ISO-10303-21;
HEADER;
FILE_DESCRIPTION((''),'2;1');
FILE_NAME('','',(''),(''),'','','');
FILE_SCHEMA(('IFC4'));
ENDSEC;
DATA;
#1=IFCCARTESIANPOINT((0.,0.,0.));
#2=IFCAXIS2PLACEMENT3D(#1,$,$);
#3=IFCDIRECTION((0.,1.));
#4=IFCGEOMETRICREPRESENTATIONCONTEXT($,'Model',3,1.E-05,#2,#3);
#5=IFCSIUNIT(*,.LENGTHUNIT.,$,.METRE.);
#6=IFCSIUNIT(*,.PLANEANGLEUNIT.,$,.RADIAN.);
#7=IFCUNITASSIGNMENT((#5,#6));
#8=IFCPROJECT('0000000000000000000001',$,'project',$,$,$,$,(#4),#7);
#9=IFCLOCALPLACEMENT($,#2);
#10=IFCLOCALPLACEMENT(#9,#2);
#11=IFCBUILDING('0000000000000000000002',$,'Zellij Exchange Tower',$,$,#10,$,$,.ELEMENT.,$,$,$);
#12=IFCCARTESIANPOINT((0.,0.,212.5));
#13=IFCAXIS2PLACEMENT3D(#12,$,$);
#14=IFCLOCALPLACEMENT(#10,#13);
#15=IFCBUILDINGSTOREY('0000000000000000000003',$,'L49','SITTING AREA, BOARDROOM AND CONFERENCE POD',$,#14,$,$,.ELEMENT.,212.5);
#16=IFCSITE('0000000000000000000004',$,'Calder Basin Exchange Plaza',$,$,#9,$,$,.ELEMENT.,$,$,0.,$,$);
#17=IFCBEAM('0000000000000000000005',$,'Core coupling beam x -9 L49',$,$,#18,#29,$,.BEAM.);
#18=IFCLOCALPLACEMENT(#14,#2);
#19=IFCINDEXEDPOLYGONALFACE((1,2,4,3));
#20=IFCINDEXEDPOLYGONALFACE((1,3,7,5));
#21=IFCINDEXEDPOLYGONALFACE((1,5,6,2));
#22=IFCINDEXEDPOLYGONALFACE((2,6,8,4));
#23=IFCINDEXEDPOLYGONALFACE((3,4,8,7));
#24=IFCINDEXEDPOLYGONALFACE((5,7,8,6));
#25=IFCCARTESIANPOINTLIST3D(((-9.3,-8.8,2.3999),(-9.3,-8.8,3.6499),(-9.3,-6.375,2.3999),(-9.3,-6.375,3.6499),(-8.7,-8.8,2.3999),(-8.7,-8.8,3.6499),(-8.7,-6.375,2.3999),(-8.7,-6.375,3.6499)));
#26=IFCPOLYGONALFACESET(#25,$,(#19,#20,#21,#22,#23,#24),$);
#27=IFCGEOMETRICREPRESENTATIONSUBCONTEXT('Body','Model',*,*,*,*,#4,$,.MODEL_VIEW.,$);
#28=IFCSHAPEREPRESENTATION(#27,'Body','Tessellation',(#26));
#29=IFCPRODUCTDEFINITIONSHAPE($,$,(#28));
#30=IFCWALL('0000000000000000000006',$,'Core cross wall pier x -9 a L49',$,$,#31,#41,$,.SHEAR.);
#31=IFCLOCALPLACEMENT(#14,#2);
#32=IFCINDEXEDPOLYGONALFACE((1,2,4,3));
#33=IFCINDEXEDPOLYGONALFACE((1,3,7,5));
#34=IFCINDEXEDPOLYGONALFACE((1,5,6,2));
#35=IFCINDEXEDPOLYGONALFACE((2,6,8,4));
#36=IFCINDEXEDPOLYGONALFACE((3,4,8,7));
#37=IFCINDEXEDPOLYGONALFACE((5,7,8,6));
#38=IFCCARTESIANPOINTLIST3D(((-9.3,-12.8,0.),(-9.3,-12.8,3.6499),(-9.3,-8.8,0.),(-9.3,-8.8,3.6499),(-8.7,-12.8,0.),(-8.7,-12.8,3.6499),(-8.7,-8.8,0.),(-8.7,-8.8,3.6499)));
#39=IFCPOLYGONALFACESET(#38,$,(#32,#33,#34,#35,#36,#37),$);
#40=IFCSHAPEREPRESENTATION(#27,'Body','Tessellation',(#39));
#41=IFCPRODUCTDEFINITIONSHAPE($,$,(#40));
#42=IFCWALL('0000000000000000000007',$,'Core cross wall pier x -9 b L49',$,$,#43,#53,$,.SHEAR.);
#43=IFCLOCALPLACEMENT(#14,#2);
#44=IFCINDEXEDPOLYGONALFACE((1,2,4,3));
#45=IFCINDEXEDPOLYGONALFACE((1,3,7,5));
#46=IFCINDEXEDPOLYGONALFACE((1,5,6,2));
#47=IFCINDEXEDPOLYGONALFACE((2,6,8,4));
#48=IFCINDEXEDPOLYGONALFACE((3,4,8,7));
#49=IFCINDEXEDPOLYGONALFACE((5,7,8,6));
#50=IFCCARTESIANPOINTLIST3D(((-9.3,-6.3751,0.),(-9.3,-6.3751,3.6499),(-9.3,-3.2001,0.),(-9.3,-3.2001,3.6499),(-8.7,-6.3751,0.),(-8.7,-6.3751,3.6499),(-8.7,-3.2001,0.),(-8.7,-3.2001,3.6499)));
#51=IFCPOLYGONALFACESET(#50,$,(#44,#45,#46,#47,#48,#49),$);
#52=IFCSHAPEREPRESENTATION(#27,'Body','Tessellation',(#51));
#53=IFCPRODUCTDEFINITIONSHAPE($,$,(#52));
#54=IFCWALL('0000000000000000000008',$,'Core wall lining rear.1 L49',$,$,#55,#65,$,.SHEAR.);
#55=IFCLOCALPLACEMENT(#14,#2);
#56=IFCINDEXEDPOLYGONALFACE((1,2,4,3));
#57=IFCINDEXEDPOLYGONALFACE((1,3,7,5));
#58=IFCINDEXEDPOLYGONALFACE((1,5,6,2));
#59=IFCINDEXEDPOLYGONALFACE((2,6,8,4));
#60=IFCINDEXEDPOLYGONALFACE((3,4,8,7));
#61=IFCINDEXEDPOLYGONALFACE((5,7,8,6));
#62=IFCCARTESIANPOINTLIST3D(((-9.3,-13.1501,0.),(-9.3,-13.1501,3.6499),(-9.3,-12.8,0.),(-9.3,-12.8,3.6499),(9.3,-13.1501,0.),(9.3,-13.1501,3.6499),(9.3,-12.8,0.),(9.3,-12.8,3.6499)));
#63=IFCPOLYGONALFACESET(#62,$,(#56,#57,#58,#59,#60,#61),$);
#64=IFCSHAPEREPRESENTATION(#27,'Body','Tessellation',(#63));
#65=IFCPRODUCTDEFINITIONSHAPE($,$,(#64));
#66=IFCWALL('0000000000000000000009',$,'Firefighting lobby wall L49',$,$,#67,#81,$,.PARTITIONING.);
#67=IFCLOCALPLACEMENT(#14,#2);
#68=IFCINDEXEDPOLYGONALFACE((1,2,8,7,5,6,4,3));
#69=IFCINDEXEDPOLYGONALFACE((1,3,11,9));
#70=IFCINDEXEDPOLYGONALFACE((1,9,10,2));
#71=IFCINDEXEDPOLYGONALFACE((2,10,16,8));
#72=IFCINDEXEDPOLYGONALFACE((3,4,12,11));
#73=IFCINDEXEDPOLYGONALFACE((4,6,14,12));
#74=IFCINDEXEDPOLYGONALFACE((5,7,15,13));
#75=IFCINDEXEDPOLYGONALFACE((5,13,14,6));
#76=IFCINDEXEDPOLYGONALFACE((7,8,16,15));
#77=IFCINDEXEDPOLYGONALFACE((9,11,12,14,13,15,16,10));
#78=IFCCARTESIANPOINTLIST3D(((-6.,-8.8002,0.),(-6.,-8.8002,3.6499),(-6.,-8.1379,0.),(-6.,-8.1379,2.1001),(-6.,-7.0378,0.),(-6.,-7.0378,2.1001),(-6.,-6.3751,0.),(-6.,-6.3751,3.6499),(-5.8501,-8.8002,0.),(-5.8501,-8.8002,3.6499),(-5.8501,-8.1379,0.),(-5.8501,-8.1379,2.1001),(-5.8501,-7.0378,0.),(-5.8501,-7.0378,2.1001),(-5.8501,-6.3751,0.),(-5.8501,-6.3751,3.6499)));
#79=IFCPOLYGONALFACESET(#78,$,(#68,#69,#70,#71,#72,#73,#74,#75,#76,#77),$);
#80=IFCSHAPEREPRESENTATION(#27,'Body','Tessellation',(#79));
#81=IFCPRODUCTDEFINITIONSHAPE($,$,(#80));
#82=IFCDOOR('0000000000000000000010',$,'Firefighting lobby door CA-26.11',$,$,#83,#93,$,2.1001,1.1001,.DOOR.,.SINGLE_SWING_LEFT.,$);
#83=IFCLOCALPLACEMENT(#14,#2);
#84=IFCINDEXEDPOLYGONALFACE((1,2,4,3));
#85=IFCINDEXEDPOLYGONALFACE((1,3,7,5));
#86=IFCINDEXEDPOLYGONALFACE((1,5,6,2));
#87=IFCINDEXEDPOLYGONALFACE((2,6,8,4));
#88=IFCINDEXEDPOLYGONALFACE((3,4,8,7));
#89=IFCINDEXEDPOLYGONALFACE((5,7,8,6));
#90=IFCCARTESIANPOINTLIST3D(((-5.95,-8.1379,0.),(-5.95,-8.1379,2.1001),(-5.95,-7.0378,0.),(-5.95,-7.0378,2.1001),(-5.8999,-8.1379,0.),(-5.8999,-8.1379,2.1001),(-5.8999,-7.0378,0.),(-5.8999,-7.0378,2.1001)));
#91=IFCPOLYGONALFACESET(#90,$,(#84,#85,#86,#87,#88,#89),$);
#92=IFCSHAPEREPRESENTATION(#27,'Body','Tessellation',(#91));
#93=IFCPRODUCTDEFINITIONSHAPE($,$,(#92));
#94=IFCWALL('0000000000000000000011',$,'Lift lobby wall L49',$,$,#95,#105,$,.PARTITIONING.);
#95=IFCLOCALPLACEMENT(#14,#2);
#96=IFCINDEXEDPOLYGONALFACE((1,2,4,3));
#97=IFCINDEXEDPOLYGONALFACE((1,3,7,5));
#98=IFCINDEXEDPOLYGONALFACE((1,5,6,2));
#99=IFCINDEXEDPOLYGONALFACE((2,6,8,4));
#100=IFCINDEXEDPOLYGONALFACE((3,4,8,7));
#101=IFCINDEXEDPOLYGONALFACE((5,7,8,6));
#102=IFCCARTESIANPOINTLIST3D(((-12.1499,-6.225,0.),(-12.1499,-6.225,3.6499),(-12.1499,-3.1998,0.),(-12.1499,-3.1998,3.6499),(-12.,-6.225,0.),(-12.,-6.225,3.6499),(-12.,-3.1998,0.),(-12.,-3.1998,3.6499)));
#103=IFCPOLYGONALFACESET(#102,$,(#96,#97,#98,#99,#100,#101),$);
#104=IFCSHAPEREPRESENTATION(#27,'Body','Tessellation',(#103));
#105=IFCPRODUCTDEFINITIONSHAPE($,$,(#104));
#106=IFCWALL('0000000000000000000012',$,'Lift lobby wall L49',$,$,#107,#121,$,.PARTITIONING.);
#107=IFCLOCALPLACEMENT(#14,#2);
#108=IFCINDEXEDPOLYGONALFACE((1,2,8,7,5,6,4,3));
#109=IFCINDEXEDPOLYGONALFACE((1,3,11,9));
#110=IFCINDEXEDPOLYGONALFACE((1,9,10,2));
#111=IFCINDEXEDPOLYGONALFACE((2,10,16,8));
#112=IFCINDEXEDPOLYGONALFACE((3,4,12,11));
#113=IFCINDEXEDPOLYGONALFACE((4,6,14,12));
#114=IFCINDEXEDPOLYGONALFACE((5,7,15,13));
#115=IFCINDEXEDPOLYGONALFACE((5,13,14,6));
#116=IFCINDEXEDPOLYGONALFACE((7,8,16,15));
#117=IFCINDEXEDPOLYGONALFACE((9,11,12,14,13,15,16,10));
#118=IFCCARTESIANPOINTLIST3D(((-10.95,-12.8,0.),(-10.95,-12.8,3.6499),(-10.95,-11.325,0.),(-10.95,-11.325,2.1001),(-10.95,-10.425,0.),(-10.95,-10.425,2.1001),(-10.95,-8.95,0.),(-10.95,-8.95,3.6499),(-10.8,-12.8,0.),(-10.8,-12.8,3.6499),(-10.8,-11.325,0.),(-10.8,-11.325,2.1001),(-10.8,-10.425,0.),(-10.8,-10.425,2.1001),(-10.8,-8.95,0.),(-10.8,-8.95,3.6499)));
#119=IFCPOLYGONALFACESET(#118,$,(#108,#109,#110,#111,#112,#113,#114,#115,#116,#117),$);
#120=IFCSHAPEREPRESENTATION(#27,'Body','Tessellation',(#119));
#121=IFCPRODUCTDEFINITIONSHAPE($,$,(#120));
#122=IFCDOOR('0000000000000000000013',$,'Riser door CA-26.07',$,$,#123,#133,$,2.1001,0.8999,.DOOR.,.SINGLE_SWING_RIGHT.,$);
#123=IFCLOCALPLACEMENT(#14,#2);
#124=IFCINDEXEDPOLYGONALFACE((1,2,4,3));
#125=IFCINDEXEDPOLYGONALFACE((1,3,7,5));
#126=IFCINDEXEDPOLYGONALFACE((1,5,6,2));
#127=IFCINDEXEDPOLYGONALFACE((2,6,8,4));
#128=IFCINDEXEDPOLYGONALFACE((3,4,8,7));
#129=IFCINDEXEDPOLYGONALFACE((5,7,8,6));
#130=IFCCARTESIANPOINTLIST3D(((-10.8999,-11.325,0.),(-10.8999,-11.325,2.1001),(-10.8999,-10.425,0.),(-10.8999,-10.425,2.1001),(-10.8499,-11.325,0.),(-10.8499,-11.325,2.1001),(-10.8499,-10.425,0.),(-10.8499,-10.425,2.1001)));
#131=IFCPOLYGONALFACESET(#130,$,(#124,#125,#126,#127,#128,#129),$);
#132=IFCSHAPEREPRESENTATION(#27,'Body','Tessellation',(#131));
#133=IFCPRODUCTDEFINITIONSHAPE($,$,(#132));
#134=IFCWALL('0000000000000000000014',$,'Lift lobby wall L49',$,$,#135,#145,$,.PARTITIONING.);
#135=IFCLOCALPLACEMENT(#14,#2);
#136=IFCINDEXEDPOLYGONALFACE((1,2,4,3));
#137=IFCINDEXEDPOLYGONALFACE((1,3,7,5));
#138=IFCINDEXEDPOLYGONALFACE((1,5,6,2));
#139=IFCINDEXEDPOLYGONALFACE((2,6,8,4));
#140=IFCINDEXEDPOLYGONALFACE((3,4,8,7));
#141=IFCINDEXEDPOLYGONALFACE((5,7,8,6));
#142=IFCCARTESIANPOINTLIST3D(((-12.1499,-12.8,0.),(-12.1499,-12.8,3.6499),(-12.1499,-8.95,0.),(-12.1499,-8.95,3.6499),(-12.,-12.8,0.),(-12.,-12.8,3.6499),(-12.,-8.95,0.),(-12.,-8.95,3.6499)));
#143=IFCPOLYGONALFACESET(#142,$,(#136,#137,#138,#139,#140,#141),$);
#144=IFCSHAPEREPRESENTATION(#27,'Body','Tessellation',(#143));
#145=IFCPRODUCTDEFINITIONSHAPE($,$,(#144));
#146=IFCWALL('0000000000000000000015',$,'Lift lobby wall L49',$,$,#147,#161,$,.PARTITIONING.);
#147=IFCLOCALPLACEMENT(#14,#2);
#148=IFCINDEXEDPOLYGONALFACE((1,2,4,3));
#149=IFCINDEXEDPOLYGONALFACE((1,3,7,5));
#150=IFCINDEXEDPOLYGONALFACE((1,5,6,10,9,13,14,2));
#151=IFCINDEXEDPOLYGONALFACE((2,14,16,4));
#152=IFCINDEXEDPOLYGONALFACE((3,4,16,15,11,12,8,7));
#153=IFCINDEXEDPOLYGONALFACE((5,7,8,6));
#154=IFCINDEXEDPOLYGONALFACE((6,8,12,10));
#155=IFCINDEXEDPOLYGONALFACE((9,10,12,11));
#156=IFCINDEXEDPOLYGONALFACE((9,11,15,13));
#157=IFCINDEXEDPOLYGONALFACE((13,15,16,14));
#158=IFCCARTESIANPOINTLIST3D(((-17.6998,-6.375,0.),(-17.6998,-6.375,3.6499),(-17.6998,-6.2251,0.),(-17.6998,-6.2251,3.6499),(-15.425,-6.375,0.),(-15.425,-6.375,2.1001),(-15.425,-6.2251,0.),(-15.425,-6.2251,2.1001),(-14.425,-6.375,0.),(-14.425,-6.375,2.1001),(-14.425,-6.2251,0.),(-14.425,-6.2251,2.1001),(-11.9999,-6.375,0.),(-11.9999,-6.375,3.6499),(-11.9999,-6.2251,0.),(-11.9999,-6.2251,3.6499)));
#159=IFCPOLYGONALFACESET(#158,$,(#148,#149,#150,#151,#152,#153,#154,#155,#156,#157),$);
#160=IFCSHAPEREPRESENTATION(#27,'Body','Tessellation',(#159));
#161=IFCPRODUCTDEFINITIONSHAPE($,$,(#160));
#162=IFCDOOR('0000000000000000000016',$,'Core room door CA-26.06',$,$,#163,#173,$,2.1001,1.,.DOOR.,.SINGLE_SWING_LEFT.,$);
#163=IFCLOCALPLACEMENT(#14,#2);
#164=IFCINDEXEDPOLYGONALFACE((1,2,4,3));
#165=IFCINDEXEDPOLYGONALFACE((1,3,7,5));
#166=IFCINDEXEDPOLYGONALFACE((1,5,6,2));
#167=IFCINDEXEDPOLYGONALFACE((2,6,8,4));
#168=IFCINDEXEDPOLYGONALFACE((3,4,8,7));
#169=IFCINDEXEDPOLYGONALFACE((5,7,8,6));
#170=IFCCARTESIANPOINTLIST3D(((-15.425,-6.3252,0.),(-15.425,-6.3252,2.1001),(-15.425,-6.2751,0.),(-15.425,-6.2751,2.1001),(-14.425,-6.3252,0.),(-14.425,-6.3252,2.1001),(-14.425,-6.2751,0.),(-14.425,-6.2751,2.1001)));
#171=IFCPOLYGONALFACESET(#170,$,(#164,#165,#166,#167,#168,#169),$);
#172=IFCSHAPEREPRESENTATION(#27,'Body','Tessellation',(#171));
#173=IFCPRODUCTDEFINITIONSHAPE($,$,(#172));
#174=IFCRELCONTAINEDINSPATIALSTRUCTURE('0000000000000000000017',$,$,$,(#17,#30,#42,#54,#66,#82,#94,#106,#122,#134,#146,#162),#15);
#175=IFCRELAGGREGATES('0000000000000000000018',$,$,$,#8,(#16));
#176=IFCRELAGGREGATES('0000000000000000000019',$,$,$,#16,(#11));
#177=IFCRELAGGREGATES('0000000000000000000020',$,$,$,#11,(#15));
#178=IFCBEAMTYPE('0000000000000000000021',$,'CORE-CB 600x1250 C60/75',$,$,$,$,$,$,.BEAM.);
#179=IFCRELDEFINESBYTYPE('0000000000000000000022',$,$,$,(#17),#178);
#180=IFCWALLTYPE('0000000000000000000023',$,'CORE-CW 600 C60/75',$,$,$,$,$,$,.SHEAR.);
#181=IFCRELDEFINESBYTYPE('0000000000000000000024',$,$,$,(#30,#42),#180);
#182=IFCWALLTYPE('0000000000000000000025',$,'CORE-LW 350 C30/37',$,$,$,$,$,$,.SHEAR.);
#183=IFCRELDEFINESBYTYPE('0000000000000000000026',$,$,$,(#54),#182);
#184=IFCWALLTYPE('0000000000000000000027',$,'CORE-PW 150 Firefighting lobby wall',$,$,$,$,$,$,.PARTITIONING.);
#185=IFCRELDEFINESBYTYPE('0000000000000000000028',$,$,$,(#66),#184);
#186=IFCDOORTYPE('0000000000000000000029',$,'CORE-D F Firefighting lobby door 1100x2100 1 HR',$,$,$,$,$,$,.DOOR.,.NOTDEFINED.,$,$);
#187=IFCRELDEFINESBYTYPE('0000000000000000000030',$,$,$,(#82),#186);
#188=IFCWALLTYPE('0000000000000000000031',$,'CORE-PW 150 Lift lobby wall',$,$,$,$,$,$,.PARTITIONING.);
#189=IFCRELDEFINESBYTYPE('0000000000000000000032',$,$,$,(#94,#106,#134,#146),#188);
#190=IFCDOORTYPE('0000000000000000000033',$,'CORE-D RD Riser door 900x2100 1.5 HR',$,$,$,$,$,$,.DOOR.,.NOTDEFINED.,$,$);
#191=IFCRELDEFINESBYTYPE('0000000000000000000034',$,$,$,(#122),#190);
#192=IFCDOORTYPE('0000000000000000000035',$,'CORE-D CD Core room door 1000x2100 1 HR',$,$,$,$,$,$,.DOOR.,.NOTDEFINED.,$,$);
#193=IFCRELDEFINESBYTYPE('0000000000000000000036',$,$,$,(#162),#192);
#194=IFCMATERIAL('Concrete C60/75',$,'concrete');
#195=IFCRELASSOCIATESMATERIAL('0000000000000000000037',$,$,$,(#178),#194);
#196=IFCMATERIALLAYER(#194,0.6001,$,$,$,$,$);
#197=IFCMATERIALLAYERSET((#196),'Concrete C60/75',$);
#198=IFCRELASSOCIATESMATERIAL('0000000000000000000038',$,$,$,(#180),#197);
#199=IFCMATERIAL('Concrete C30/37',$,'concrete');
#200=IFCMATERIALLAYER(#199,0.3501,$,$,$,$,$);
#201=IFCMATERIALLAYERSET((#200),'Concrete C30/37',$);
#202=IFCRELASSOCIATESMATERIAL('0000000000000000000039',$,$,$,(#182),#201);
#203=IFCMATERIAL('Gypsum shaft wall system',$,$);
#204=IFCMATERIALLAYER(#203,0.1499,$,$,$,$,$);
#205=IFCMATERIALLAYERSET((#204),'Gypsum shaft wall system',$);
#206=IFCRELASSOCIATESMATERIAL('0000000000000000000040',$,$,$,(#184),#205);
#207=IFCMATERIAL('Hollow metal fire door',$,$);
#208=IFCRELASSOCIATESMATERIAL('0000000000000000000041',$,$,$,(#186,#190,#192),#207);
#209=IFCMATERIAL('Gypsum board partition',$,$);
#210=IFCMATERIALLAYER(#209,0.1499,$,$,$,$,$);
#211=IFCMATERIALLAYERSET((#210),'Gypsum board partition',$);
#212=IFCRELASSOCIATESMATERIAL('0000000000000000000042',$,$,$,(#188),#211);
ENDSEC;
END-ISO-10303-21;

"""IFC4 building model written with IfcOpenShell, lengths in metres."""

from ifc_helpers import new_model, si_unit, direction, frame, frame_2d, origin, origin_2d, place, context, subcontext, project, spatial, rectangle, extrude, material, layer, layer_set, material_profile, profile_set, type_object, element, fill, save


model = new_model("IFC4")

# Units and contexts
model_context = context("Model", 3, precision=1e-05, world=origin(), true_north=direction((0.0, 1.0)))
body_context = subcontext(model_context, "Body", "Model", "MODEL_VIEW")
ifc_project = project(units=[si_unit("LENGTHUNIT", "METRE"), si_unit("PLANEANGLEUNIT", "RADIAN")], contexts=[model_context])

# Site, building, storey
site_placement = place(None, origin())
site = spatial("IfcSite", under=ifc_project, at=site_placement, Name="Calder Basin Exchange Plaza", CompositionType="ELEMENT", RefElevation=0.0)
building_placement = place(site_placement, origin())
building = spatial("IfcBuilding", under=site, at=building_placement, Name="Zellij Exchange Tower", CompositionType="ELEMENT")
storey_placement = place(building_placement, frame((0.0, 0.0, 212.5)))
storey = spatial("IfcBuildingStorey", under=building, at=storey_placement, Name="L49", Description="SITTING AREA, BOARDROOM AND CONFERENCE POD", CompositionType="ELEMENT", Elevation=212.5)

# Beam
ifc_material_1 = material(Name="Concrete C60/75", Category="concrete")
ifc_material_profile = material_profile(ifc_material_1, rectangle(XDim=0.6001, YDim=1.25, at=origin_2d()), Name="CORE-CB 600x1250 C60/75")
ifc_profile_set = profile_set([ifc_material_profile], Name="Concrete C60/75")
beam_type = type_object("IfcBeamType", Name="CORE-CB 600x1250 C60/75", PredefinedType="BEAM", material=ifc_profile_set)
beam_placement = place(storey_placement, frame((-9.0, -8.8, 3.0249), z_axis=(0.0, 1.0, 0.0), x_axis=(-1.0, 0.0, 0.0)))
element("IfcBeam", 1, at=beam_placement, inside=storey, type_object=beam_type, Name="Core coupling beam x -9 L49", PredefinedType="BEAM", context=body_context, shape_type="SweptSolid", body=[
    extrude(rectangle(XDim=0.6001, YDim=1.25, at=origin_2d()), origin(), (0.0, 0.0, 1.0), 2.425),
])

# Walls
ifc_layer_1 = layer(ifc_material_1, 0.6001)
ifc_layer_set_1 = layer_set([ifc_layer_1], Name="Concrete C60/75")
wall_type_1 = type_object("IfcWallType", Name="CORE-CW 600 C60/75", PredefinedType="SHEAR", material=ifc_layer_set_1)
wall_1_placement = place(storey_placement, frame((-9.0, -12.8, 0.0), z_axis=(0.0, 0.0, 1.0), x_axis=(0.0, 1.0, 0.0)))
element("IfcWall", 2, at=wall_1_placement, inside=storey, type_object=wall_type_1, Name="Core cross wall pier x -9 a L49", PredefinedType="SHEAR", context=body_context, shape_type="SweptSolid", body=[
    extrude(rectangle(XDim=4.0, YDim=0.6001, at=frame_2d((2.0, 0.0))), origin(), (0.0, 0.0, 1.0), 3.6499),
])
wall_2_placement = place(storey_placement, frame((-9.0, -6.375, 0.0), z_axis=(0.0, 0.0, 1.0), x_axis=(0.0, 1.0, 0.0)))
element("IfcWall", 3, at=wall_2_placement, inside=storey, type_object=wall_type_1, Name="Core cross wall pier x -9 b L49", PredefinedType="SHEAR", context=body_context, shape_type="SweptSolid", body=[
    extrude(rectangle(XDim=3.175, YDim=0.6001, at=frame_2d((1.5874, 0.0))), origin(), (0.0, 0.0, 1.0), 3.6499),
])
ifc_material_2 = material(Name="Concrete C30/37", Category="concrete")
ifc_layer_2 = layer(ifc_material_2, 0.3501)
ifc_layer_set_2 = layer_set([ifc_layer_2], Name="Concrete C30/37")
wall_type_2 = type_object("IfcWallType", Name="CORE-LW 350 C30/37", PredefinedType="SHEAR", material=ifc_layer_set_2)
wall_3_placement = place(storey_placement, frame((-9.3, -12.9751, 0.0), z_axis=(0.0, 0.0, 1.0), x_axis=(1.0, 0.0, 0.0)))
element("IfcWall", 4, at=wall_3_placement, inside=storey, type_object=wall_type_2, Name="Core wall lining rear.1 L49", PredefinedType="SHEAR", context=body_context, shape_type="SweptSolid", body=[
    extrude(rectangle(XDim=18.6001, YDim=0.3501, at=frame_2d((9.3, 0.0))), origin(), (0.0, 0.0, 1.0), 3.6499),
])

# Wall, opening, door
ifc_material_3 = material(Name="Gypsum shaft wall system")
ifc_layer_3 = layer(ifc_material_3, 0.1499)
ifc_layer_set_3 = layer_set([ifc_layer_3], Name="Gypsum shaft wall system")
wall_type_3 = type_object("IfcWallType", Name="CORE-PW 150 Firefighting lobby wall", PredefinedType="PARTITIONING", material=ifc_layer_set_3)
wall_4_placement = place(storey_placement, frame((-5.925, -8.8, 0.0), z_axis=(0.0, 0.0, 1.0), x_axis=(0.0, 1.0, 0.0)))
wall_4 = element("IfcWall", 5, at=wall_4_placement, inside=storey, type_object=wall_type_3, Name="Firefighting lobby wall L49", PredefinedType="PARTITIONING", context=body_context, shape_type="SweptSolid", body=[
    extrude(rectangle(XDim=2.425, YDim=0.1499, at=frame_2d((1.2124, 0.0))), origin(), (0.0, 0.0, 1.0), 3.6499),
])
opening_1_placement = place(wall_4_placement, frame((0.6621, 0.0, 0.0)))
opening_1 = element("IfcOpeningElement", 6, at=opening_1_placement, cuts=wall_4, PredefinedType="OPENING", context=body_context, shape_type="SweptSolid", body=[
    extrude(rectangle(XDim=1.1001, YDim=2.1001, at=frame_2d((0.55, 1.05))), frame((0.0, 0.0869, 0.0), z_axis=(0.0, -1.0, 0.0), x_axis=(1.0, 0.0, 0.0)), (0.0, 0.0, 1.0), 0.1738),
])
ifc_material_4 = material(Name="Hollow metal fire door")
door_type_1 = type_object("IfcDoorType", Name="CORE-D F Firefighting lobby door 1100x2100 1 HR", OperationType="NOTDEFINED", PredefinedType="DOOR", material=ifc_material_4)
door_1_placement = place(opening_1_placement, origin())
door_1 = element("IfcDoor", 7, at=door_1_placement, inside=storey, type_object=door_type_1, Name="Firefighting lobby door CA-26.11", OperationType="SINGLE_SWING_LEFT", OverallHeight=2.1001, OverallWidth=1.1001, PredefinedType="DOOR", context=body_context, shape_type="SweptSolid", body=[
    extrude(rectangle(XDim=1.1001, YDim=2.1001, at=frame_2d((0.55, 1.05))), frame((0.0, 0.0249, 0.0), z_axis=(0.0, -1.0, 0.0), x_axis=(1.0, 0.0, 0.0)), (0.0, 0.0, 1.0), 0.05),
])
fill(opening_1, door_1)

# Wall
ifc_material_5 = material(Name="Gypsum board partition")
ifc_layer_4 = layer(ifc_material_5, 0.1499)
ifc_layer_set_4 = layer_set([ifc_layer_4], Name="Gypsum board partition")
wall_type_4 = type_object("IfcWallType", Name="CORE-PW 150 Lift lobby wall", PredefinedType="PARTITIONING", material=ifc_layer_set_4)
wall_5_placement = place(storey_placement, frame((-12.075, -6.2251, 0.0), z_axis=(0.0, 0.0, 1.0), x_axis=(0.0, 1.0, 0.0)))
element("IfcWall", 8, at=wall_5_placement, inside=storey, type_object=wall_type_4, Name="Lift lobby wall L49", PredefinedType="PARTITIONING", context=body_context, shape_type="SweptSolid", body=[
    extrude(rectangle(XDim=3.0251, YDim=0.1499, at=frame_2d((1.5127, 0.0))), origin(), (0.0, 0.0, 1.0), 3.6499),
])

# Wall, opening, door
wall_6_placement = place(storey_placement, frame((-10.875, -12.8, 0.0), z_axis=(0.0, 0.0, 1.0), x_axis=(0.0, 1.0, 0.0)))
wall_6 = element("IfcWall", 9, at=wall_6_placement, inside=storey, type_object=wall_type_4, Name="Lift lobby wall L49", PredefinedType="PARTITIONING", context=body_context, shape_type="SweptSolid", body=[
    extrude(rectangle(XDim=3.8501, YDim=0.1499, at=frame_2d((1.925, 0.0))), origin(), (0.0, 0.0, 1.0), 3.6499),
])
opening_2_placement = place(wall_6_placement, frame((1.4751, 0.0, 0.0)))
opening_2 = element("IfcOpeningElement", 10, at=opening_2_placement, cuts=wall_6, PredefinedType="OPENING", context=body_context, shape_type="SweptSolid", body=[
    extrude(rectangle(XDim=0.8999, YDim=2.1001, at=frame_2d((0.45, 1.05))), frame((0.0, 0.0869, 0.0), z_axis=(0.0, -1.0, 0.0), x_axis=(1.0, 0.0, 0.0)), (0.0, 0.0, 1.0), 0.1738),
])
door_type_2 = type_object("IfcDoorType", Name="CORE-D RD Riser door 900x2100 1.5 HR", OperationType="NOTDEFINED", PredefinedType="DOOR", material=ifc_material_4)
door_2_placement = place(opening_2_placement, origin())
door_2 = element("IfcDoor", 11, at=door_2_placement, inside=storey, type_object=door_type_2, Name="Riser door CA-26.07", OperationType="SINGLE_SWING_RIGHT", OverallHeight=2.1001, OverallWidth=0.8999, PredefinedType="DOOR", context=body_context, shape_type="SweptSolid", body=[
    extrude(rectangle(XDim=0.8999, YDim=2.1001, at=frame_2d((0.45, 1.05))), frame((0.0, 0.0249, 0.0), z_axis=(0.0, -1.0, 0.0), x_axis=(1.0, 0.0, 0.0)), (0.0, 0.0, 1.0), 0.05),
])
fill(opening_2, door_2)

# Wall
wall_7_placement = place(storey_placement, frame((-12.075, -12.8, 0.0), z_axis=(0.0, 0.0, 1.0), x_axis=(0.0, 1.0, 0.0)))
element("IfcWall", 12, at=wall_7_placement, inside=storey, type_object=wall_type_4, Name="Lift lobby wall L49", PredefinedType="PARTITIONING", context=body_context, shape_type="SweptSolid", body=[
    extrude(rectangle(XDim=3.8501, YDim=0.1499, at=frame_2d((1.925, 0.0))), origin(), (0.0, 0.0, 1.0), 3.6499),
])

# Wall, opening, door
wall_8_placement = place(storey_placement, frame((-17.7, -6.3, 0.0), z_axis=(0.0, 0.0, 1.0), x_axis=(1.0, 0.0, 0.0)))
wall_8 = element("IfcWall", 13, at=wall_8_placement, inside=storey, type_object=wall_type_4, Name="Lift lobby wall L49", PredefinedType="PARTITIONING", context=body_context, shape_type="SweptSolid", body=[
    extrude(rectangle(XDim=5.7, YDim=0.1499, at=frame_2d((2.8501, 0.0))), origin(), (0.0, 0.0, 1.0), 3.6499),
])
opening_3_placement = place(wall_8_placement, frame((2.2749, 0.0, 0.0)))
opening_3 = element("IfcOpeningElement", 14, at=opening_3_placement, cuts=wall_8, PredefinedType="OPENING", context=body_context, shape_type="SweptSolid", body=[
    extrude(rectangle(XDim=1.0, YDim=2.1001, at=frame_2d((0.5, 1.05))), frame((0.0, 0.0869, 0.0), z_axis=(0.0, -1.0, 0.0), x_axis=(1.0, 0.0, 0.0)), (0.0, 0.0, 1.0), 0.1738),
])
door_type_3 = type_object("IfcDoorType", Name="CORE-D CD Core room door 1000x2100 1 HR", OperationType="NOTDEFINED", PredefinedType="DOOR", material=ifc_material_4)
door_3_placement = place(opening_3_placement, origin())
door_3 = element("IfcDoor", 15, at=door_3_placement, inside=storey, type_object=door_type_3, Name="Core room door CA-26.06", OperationType="SINGLE_SWING_LEFT", OverallHeight=2.1001, OverallWidth=1.0, PredefinedType="DOOR", context=body_context, shape_type="SweptSolid", body=[
    extrude(rectangle(XDim=1.0, YDim=2.1001, at=frame_2d((0.5, 1.05))), frame((0.0, 0.0249, 0.0), z_axis=(0.0, -1.0, 0.0), x_axis=(1.0, 0.0, 0.0)), (0.0, 0.0, 1.0), 0.05),
])
fill(opening_3, door_3)

save(model, "model.ifc")
